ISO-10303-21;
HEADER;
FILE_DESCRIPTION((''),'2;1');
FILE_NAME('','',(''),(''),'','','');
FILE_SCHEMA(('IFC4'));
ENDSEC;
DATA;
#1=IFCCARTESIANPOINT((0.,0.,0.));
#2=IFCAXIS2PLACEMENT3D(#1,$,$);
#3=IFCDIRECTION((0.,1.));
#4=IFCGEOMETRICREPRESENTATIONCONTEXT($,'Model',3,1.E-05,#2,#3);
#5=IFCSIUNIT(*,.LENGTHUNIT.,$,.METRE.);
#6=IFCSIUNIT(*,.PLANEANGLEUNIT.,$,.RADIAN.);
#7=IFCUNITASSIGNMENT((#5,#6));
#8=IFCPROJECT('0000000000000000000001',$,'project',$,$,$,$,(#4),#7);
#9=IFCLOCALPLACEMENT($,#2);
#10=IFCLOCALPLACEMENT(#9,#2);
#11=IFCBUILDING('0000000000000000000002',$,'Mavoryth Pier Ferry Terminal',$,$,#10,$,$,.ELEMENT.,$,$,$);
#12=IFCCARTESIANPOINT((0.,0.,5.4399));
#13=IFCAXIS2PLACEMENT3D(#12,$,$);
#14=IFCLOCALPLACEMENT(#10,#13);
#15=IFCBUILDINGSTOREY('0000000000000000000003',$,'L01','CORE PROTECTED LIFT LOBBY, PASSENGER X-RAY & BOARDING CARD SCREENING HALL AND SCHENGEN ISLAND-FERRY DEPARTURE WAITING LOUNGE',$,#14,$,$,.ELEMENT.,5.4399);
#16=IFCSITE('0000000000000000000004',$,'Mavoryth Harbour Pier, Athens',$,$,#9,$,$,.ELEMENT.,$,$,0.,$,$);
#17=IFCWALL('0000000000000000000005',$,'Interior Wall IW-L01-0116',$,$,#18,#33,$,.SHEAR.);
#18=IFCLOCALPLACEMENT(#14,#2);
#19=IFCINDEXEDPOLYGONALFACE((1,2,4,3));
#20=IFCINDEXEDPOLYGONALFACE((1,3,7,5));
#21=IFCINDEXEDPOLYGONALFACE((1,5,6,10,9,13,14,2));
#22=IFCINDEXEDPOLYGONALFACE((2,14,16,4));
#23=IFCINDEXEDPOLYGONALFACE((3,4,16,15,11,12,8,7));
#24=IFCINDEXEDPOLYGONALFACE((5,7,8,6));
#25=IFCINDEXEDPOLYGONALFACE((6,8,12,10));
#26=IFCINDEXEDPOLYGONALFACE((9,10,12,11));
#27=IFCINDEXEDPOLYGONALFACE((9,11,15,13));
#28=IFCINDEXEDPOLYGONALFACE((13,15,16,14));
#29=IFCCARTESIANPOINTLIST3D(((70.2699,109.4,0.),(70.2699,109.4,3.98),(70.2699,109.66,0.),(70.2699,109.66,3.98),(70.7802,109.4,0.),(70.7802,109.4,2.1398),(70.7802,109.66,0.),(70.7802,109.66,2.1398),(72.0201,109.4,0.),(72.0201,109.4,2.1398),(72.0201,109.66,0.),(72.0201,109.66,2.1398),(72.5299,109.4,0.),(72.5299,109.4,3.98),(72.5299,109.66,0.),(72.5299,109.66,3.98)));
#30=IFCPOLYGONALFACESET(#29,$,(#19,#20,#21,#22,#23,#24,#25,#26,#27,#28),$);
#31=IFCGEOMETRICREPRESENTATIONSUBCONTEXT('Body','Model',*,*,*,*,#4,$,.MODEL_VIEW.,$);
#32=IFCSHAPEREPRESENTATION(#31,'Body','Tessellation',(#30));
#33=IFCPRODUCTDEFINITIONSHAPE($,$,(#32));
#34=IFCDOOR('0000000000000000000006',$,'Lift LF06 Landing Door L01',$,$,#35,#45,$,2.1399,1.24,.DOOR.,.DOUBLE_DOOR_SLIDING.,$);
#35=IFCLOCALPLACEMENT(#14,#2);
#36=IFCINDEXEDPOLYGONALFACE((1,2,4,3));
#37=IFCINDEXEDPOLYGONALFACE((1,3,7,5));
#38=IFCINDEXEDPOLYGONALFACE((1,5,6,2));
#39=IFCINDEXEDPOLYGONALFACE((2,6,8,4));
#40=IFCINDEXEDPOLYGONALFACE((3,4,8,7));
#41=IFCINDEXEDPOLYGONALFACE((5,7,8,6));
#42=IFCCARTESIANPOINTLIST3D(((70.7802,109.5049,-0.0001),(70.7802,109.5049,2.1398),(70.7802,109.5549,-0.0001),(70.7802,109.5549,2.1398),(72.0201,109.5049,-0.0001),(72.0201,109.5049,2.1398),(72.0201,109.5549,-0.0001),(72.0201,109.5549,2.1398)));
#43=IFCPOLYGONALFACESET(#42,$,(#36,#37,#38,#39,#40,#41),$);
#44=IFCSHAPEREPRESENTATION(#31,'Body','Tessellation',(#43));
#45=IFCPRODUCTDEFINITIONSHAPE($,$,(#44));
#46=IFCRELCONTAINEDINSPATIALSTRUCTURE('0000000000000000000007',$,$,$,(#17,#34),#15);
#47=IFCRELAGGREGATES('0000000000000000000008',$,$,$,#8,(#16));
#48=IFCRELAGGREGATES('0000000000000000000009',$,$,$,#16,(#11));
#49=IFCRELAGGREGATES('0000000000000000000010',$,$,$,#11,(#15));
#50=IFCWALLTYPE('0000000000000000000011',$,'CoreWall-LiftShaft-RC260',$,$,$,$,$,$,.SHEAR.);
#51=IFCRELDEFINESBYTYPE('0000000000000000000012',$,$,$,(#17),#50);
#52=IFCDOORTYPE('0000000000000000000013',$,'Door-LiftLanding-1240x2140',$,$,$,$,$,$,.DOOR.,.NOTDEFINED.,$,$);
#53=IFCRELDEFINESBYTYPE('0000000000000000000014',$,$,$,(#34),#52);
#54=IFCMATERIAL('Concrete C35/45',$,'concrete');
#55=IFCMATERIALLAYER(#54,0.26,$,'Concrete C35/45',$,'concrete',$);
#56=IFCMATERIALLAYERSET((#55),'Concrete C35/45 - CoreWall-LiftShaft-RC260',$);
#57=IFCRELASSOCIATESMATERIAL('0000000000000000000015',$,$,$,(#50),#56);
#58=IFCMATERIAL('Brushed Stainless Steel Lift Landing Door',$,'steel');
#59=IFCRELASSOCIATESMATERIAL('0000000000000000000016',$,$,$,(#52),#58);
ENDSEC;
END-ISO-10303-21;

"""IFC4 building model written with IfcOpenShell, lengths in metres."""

from ifc_helpers import new_model, si_unit, direction, frame, frame_2d, origin, place, context, subcontext, project, spatial, rectangle, extrude, material, layer, layer_set, type_object, element, fill, save


model = new_model("IFC4")

# Units and contexts
model_context = context("Model", 3, precision=1e-05, world=origin(), true_north=direction((0.0, 1.0)))
body_context = subcontext(model_context, "Body", "Model", "MODEL_VIEW")
ifc_project = project(units=[si_unit("LENGTHUNIT", "METRE"), si_unit("PLANEANGLEUNIT", "RADIAN")], contexts=[model_context])

# Site, building, storey
site_placement = place(None, origin())
site = spatial("IfcSite", under=ifc_project, at=site_placement, Name="Mavoryth Harbour Pier, Athens", CompositionType="ELEMENT", RefElevation=0.0)
building_placement = place(site_placement, origin())
building = spatial("IfcBuilding", under=site, at=building_placement, Name="Mavoryth Pier Ferry Terminal", CompositionType="ELEMENT")
storey_placement = place(building_placement, frame((0.0, 0.0, 5.4399)))
storey = spatial("IfcBuildingStorey", under=building, at=storey_placement, Name="L01", Description="CORE PROTECTED LIFT LOBBY, PASSENGER X-RAY & BOARDING CARD SCREENING HALL AND SCHENGEN ISLAND-FERRY DEPARTURE WAITING LOUNGE", CompositionType="ELEMENT", Elevation=5.4399)

# Wall, opening, door
ifc_material_1 = material(Name="Concrete C35/45", Category="concrete")
ifc_layer_1 = layer(ifc_material_1, 0.26, Name="Concrete C35/45", Category="concrete")
ifc_layer_set_1 = layer_set([ifc_layer_1], Name="Concrete C35/45 - CoreWall-LiftShaft-RC260")
wall_type = type_object("IfcWallType", Name="CoreWall-LiftShaft-RC260", PredefinedType="SHEAR", material=ifc_layer_set_1)
wall_placement = place(storey_placement, frame((70.27, 109.53, 0.0), z_axis=(0.0, 0.0, 1.0), x_axis=(1.0, 0.0, 0.0)))
wall = element("IfcWall", 1, at=wall_placement, inside=storey, type_object=wall_type, Name="Interior Wall IW-L01-0116", PredefinedType="SHEAR", context=body_context, shape_type="SweptSolid", body=[
    extrude(rectangle(XDim=2.26, YDim=0.26, at=frame_2d((1.1299, 0.0))), origin(), (0.0, 0.0, 1.0), 3.98),
])
opening_placement = place(wall_placement, frame((0.51, 0.0, 0.0)))
opening = element("IfcOpeningElement", 2, at=opening_placement, cuts=wall, PredefinedType="OPENING", context=body_context, shape_type="SweptSolid", body=[
    extrude(rectangle(XDim=1.24, YDim=2.1399, at=frame_2d((0.6201, 1.0698))), frame((0.0, 0.1399, 0.0), z_axis=(0.0, -1.0, 0.0), x_axis=(1.0, 0.0, 0.0)), (0.0, 0.0, 1.0), 0.28),
])
ifc_material_2 = material(Name="Brushed Stainless Steel Lift Landing Door", Category="steel")
door_type = type_object("IfcDoorType", Name="Door-LiftLanding-1240x2140", OperationType="NOTDEFINED", PredefinedType="DOOR", material=ifc_material_2)
door_placement = place(opening_placement, origin())
door = element("IfcDoor", 3, at=door_placement, inside=storey, type_object=door_type, Name="Lift LF06 Landing Door L01", OperationType="DOUBLE_DOOR_SLIDING", OverallHeight=2.1399, OverallWidth=1.24, PredefinedType="DOOR", context=body_context, shape_type="SweptSolid", body=[
    extrude(rectangle(XDim=1.24, YDim=2.1399, at=frame_2d((0.6201, 1.0698))), frame((0.0, 0.0249, 0.0), z_axis=(0.0, -1.0, 0.0), x_axis=(1.0, 0.0, 0.0)), (0.0, 0.0, 1.0), 0.05),
])
fill(opening, door)

save(model, "model.ifc")
